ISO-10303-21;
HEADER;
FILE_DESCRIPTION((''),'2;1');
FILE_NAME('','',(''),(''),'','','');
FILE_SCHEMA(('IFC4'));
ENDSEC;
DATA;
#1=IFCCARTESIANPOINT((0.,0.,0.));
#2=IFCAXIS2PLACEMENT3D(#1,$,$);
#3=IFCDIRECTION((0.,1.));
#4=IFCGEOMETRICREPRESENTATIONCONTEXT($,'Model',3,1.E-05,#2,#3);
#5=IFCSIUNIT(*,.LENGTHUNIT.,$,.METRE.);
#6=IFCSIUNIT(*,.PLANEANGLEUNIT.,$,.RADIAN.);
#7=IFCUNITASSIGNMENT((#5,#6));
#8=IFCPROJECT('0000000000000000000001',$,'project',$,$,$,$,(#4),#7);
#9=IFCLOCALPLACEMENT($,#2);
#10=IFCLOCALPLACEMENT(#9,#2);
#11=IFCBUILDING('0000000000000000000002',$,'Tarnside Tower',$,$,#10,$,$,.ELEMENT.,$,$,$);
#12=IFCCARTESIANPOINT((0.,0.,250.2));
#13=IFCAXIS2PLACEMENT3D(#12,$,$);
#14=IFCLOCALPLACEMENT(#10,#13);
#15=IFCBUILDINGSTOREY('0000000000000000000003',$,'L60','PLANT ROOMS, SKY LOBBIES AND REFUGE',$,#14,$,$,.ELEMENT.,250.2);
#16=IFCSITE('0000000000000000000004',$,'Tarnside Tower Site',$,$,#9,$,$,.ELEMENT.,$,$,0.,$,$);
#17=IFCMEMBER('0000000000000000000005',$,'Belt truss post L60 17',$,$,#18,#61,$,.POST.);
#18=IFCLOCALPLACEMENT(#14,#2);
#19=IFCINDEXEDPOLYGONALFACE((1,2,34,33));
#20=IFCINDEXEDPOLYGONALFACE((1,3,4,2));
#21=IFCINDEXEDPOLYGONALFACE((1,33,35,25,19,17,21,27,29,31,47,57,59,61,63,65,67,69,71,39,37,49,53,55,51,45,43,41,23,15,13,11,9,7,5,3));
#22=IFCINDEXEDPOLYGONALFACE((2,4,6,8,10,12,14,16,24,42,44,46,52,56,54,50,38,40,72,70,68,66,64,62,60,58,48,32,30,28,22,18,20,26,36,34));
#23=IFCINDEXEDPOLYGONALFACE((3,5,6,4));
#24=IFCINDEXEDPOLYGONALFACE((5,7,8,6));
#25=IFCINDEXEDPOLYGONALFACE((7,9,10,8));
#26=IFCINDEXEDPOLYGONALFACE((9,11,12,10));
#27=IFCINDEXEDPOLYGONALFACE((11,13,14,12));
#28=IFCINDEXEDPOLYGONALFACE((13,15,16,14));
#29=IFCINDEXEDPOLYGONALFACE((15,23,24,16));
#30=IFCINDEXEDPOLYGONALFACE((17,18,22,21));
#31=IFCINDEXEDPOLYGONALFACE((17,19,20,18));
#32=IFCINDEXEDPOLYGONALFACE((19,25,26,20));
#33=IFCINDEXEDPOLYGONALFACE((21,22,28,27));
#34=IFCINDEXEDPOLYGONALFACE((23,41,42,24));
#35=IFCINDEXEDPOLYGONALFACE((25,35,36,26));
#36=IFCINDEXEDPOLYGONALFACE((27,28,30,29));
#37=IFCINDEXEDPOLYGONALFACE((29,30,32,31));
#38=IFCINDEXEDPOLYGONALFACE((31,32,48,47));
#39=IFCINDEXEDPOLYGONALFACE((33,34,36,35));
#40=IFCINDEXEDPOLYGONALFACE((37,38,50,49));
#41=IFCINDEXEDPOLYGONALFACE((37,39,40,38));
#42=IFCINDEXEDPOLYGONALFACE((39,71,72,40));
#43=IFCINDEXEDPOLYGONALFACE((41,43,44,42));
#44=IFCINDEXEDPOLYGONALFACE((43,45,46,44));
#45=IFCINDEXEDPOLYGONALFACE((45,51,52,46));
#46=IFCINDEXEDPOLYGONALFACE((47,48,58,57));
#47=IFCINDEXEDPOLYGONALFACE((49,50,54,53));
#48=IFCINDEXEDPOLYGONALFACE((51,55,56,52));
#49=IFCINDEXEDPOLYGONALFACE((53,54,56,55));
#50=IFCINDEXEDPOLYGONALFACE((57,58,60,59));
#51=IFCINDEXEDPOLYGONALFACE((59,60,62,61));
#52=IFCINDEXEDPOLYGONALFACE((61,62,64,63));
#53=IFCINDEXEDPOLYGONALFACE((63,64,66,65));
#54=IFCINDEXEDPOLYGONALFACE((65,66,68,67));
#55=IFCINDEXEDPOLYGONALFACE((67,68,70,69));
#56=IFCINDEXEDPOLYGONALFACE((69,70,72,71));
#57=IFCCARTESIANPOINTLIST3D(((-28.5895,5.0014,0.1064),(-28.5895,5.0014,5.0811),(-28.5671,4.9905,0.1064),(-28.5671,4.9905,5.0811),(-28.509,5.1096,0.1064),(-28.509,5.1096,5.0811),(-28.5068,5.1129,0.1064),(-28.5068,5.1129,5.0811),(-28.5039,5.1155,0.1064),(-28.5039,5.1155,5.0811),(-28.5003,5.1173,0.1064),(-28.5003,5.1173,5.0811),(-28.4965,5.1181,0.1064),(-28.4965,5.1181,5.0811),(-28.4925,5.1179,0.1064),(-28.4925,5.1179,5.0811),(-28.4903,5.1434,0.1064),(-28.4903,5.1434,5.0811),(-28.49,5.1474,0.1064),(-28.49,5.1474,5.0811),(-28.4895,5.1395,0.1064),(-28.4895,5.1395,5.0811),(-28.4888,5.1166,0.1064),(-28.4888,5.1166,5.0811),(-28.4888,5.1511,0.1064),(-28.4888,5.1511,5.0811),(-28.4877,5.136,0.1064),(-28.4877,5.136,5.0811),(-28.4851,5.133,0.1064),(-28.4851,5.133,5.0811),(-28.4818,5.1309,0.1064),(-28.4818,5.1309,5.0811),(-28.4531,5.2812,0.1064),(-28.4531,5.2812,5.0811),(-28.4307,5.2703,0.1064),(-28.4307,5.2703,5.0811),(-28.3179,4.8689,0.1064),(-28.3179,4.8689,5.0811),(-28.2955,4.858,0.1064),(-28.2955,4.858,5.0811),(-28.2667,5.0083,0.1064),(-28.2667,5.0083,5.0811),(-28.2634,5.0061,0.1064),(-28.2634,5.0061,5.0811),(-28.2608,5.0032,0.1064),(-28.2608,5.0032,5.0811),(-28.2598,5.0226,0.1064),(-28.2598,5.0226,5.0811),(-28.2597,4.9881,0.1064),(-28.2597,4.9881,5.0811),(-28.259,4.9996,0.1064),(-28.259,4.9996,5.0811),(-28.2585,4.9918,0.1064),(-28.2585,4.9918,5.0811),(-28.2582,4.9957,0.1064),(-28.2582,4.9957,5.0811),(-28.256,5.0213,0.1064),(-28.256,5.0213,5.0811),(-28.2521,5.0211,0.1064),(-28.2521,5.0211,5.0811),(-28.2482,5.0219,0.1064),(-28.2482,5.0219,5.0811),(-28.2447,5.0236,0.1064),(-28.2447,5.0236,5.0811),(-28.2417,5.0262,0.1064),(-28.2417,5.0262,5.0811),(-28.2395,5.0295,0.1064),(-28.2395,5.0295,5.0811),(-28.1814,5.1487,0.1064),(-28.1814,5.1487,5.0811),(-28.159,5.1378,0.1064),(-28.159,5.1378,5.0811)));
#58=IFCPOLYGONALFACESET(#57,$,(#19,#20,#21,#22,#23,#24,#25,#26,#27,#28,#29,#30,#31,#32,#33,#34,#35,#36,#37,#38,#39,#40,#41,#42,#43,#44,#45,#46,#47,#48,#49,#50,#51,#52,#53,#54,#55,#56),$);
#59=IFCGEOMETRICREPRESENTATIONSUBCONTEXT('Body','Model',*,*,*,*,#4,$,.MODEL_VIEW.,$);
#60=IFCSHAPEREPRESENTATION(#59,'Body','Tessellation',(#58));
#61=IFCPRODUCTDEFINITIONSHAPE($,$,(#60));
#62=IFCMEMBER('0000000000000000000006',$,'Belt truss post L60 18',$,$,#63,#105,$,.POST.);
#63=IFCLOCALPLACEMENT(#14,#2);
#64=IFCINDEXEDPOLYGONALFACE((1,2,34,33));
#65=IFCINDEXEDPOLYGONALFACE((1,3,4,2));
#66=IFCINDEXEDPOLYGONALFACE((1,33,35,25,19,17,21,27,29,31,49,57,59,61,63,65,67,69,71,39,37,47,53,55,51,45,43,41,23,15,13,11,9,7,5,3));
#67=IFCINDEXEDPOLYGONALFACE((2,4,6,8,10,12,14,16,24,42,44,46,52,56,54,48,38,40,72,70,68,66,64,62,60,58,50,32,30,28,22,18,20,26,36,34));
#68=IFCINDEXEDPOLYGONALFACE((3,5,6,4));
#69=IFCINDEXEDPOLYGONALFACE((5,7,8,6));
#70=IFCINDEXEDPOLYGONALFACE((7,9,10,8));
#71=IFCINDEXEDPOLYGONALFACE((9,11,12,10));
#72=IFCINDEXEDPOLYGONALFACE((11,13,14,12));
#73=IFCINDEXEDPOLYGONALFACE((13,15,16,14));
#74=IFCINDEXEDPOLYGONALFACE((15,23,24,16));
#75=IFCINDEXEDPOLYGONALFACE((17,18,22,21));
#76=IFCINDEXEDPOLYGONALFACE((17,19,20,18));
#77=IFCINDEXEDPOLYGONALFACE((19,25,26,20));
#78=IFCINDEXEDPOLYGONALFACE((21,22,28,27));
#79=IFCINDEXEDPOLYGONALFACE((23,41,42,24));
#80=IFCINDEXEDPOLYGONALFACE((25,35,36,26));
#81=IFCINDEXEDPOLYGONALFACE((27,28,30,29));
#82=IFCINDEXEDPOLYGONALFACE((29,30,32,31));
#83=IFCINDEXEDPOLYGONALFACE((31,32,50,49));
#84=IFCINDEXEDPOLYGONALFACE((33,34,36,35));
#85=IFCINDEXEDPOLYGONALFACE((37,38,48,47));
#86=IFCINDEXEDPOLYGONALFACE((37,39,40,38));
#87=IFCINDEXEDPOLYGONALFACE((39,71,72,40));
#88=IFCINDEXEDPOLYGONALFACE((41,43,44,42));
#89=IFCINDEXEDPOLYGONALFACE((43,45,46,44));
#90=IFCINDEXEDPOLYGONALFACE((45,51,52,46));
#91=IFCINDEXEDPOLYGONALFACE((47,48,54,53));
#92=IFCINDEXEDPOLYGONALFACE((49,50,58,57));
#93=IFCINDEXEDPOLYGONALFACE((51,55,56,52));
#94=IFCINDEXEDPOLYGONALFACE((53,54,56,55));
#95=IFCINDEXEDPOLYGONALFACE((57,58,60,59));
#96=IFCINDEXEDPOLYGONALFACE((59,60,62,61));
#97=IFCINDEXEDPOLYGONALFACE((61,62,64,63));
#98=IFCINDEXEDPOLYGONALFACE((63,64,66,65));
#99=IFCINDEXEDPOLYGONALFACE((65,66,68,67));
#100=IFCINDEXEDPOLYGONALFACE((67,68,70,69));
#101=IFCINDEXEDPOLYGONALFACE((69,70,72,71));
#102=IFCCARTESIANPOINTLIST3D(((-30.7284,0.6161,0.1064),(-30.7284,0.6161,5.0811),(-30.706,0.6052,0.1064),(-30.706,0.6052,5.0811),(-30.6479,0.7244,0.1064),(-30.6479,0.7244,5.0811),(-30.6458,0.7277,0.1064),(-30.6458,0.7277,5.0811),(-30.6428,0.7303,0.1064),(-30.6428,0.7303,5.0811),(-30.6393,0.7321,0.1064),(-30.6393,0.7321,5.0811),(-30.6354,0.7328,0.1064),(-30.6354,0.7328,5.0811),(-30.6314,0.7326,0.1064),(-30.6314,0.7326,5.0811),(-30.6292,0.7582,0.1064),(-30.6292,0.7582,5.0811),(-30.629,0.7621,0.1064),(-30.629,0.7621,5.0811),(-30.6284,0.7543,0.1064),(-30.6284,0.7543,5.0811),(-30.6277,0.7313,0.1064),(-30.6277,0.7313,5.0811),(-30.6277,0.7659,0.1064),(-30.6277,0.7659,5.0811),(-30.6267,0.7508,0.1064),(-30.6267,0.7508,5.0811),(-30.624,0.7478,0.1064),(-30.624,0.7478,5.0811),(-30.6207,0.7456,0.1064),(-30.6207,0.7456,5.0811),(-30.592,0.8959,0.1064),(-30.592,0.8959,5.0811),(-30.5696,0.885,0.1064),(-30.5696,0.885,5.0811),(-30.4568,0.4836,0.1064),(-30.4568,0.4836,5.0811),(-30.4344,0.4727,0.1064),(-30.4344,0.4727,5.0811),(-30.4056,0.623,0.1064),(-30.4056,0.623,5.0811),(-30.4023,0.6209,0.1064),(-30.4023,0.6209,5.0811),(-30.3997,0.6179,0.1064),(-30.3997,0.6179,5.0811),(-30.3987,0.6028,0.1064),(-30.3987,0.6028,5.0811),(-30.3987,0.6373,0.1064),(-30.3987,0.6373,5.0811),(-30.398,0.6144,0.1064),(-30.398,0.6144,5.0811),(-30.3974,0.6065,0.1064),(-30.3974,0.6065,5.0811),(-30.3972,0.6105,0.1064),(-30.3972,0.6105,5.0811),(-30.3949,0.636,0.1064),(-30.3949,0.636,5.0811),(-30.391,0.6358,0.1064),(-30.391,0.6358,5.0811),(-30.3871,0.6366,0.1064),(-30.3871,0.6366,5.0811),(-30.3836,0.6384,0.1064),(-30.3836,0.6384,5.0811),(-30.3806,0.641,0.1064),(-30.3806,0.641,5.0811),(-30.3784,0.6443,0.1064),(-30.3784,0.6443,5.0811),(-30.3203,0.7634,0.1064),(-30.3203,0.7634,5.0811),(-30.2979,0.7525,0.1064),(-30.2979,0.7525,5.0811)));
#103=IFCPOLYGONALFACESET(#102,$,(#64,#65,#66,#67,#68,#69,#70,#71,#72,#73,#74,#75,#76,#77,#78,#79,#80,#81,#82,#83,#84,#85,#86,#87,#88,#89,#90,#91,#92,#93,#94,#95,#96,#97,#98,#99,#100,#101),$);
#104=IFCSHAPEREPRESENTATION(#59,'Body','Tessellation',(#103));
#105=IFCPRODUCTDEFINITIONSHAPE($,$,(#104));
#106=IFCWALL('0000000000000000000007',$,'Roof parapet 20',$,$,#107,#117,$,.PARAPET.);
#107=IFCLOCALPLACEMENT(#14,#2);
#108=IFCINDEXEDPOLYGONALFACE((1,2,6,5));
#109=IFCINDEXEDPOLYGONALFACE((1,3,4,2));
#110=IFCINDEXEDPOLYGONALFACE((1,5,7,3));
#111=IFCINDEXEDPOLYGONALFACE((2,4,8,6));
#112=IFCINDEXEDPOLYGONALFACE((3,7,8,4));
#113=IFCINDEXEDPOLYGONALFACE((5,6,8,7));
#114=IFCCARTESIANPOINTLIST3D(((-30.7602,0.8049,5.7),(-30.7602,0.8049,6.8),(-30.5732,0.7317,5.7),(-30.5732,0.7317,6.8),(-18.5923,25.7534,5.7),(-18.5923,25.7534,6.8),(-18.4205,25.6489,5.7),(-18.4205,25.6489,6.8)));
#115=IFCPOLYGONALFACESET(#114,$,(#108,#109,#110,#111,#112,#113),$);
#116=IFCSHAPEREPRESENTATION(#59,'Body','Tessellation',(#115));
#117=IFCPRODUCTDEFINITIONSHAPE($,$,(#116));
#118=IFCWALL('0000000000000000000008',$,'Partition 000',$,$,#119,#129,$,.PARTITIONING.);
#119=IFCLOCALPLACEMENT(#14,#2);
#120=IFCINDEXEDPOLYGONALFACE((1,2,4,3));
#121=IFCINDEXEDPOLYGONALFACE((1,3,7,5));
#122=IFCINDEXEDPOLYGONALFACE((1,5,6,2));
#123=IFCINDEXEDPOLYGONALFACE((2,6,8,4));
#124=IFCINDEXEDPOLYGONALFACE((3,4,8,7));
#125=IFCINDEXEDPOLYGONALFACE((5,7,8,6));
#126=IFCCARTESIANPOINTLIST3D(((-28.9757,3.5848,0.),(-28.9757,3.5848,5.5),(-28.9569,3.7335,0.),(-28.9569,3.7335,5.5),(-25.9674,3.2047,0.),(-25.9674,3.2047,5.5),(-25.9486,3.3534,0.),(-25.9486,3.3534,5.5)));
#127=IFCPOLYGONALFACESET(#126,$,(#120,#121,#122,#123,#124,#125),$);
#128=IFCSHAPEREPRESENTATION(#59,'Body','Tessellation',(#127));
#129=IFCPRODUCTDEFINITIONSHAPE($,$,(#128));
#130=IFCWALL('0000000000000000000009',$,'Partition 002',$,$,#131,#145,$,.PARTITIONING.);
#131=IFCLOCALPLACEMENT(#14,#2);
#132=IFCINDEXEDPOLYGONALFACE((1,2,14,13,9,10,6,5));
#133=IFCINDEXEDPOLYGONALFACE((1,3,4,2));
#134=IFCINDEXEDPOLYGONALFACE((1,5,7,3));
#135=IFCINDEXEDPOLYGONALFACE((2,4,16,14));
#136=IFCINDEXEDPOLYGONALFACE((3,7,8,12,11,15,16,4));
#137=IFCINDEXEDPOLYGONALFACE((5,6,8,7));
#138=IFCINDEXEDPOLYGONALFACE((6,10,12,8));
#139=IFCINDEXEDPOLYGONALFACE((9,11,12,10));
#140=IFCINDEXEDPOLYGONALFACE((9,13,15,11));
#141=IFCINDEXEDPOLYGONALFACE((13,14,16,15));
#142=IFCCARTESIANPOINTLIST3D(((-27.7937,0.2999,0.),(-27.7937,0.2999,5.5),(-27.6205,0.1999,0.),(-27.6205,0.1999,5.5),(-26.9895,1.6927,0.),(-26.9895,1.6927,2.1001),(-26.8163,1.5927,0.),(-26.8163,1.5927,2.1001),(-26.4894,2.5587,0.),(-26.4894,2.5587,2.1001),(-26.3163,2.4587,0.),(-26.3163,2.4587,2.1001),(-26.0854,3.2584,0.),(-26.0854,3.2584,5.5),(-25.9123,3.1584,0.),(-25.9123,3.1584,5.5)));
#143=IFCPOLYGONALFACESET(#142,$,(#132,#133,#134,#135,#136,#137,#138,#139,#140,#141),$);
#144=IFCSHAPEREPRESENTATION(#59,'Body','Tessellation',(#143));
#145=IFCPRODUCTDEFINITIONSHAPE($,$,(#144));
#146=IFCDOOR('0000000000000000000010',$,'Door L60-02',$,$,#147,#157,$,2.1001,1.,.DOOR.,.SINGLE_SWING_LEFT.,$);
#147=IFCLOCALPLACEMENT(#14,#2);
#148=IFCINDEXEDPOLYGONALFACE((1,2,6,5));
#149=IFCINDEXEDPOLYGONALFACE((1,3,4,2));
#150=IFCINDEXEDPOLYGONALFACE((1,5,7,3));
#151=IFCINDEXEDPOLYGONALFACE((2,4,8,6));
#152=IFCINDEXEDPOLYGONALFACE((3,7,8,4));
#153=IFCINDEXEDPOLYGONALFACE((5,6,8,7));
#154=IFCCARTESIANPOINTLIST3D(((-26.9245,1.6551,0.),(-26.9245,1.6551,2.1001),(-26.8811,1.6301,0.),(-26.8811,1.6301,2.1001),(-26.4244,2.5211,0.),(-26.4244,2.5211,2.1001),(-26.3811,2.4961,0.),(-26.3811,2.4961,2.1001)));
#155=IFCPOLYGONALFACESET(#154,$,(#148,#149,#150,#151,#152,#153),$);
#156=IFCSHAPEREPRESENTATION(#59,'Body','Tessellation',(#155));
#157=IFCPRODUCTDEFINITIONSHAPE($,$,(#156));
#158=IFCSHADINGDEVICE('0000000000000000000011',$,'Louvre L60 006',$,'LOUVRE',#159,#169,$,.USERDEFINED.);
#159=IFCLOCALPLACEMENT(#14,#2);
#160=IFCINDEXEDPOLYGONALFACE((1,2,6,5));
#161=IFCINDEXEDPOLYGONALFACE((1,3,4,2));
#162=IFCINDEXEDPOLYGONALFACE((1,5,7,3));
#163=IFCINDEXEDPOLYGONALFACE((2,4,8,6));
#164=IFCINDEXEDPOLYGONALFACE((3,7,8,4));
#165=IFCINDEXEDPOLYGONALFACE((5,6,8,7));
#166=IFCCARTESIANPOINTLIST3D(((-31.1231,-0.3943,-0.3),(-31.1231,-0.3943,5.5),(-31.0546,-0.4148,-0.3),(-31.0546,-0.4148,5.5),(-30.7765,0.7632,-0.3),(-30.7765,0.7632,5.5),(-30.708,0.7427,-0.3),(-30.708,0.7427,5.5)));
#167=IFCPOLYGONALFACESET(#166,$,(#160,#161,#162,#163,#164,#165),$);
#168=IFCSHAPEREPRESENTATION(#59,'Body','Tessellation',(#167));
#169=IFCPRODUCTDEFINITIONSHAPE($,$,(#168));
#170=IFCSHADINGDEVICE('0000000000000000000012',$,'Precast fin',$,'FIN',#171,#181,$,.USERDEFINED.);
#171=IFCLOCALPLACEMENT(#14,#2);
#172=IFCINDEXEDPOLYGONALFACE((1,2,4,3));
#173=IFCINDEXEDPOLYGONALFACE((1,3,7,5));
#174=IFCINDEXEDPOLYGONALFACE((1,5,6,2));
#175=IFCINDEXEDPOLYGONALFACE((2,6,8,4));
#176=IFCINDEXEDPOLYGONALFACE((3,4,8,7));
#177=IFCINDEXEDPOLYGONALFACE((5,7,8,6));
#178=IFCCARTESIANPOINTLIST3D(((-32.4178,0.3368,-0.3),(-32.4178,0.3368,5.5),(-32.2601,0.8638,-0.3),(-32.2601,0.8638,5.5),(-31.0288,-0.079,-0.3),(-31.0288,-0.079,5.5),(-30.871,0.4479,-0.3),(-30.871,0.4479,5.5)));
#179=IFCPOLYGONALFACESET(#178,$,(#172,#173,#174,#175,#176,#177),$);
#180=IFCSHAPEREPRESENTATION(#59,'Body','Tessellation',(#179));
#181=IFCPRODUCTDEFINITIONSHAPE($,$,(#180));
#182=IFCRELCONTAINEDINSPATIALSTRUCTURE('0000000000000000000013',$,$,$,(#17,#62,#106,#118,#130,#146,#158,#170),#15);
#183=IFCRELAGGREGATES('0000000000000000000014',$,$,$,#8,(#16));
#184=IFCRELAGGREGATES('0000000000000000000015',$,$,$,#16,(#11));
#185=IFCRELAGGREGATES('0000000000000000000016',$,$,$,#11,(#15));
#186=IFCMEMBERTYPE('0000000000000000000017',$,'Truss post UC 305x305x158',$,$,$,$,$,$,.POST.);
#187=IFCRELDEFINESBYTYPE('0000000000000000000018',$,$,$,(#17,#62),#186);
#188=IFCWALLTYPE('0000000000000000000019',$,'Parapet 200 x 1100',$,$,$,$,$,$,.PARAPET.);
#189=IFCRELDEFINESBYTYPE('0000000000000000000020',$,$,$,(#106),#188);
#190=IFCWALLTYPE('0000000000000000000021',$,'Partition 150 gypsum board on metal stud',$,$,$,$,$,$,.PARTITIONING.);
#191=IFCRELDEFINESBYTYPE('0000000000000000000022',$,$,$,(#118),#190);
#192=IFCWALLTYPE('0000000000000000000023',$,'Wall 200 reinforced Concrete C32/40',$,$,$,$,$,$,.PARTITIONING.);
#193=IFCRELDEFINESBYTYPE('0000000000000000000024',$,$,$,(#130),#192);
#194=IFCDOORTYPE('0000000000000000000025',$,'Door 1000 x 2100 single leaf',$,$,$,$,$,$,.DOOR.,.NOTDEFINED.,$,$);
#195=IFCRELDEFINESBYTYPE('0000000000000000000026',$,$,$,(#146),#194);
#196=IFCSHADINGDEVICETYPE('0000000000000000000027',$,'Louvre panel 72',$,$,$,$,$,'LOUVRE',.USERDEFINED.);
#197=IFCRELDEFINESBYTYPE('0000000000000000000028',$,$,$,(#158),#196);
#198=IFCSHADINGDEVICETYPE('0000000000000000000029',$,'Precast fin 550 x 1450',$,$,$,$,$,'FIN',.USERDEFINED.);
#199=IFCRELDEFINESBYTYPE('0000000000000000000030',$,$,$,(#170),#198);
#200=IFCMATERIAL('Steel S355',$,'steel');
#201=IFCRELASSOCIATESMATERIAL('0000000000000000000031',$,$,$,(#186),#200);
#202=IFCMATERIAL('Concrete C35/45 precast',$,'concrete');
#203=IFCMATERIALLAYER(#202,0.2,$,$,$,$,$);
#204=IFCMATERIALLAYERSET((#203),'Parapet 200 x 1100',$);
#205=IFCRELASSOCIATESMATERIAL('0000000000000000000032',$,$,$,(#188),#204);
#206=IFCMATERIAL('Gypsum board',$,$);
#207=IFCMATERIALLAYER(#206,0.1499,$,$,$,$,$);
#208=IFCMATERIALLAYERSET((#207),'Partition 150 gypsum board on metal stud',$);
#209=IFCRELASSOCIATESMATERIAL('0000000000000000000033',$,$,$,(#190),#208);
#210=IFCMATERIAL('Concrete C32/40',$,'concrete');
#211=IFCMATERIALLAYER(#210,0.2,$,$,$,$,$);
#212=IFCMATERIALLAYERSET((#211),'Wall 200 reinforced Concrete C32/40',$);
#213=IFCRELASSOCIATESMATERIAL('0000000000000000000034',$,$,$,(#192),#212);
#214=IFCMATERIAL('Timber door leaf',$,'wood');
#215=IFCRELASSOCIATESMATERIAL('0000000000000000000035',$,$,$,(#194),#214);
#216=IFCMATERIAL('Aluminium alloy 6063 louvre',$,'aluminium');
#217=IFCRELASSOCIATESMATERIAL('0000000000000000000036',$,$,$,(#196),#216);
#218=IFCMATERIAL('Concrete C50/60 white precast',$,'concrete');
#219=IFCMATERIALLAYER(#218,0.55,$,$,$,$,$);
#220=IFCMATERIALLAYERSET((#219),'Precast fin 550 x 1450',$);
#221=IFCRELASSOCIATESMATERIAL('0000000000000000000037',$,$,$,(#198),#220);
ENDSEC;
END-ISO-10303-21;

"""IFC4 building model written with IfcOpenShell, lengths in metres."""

from ifc_helpers import new_model, si_unit, direction, frame, frame_2d, origin, origin_2d, place, context, subcontext, project, spatial, polyline, rectangle, i_section, outline, extrude, material, layer, layer_set, material_profile, profile_set, type_object, element, fill, save


model = new_model("IFC4")

# Units and contexts
model_context = context("Model", 3, precision=1e-05, world=origin(), true_north=direction((0.0, 1.0)))
body_context = subcontext(model_context, "Body", "Model", "MODEL_VIEW")
ifc_project = project(units=[si_unit("LENGTHUNIT", "METRE"), si_unit("PLANEANGLEUNIT", "RADIAN")], contexts=[model_context])

# Site, building, storey
site_placement = place(None, origin())
site = spatial("IfcSite", under=ifc_project, at=site_placement, Name="Tarnside Tower Site", CompositionType="ELEMENT", RefElevation=0.0)
building_placement = place(site_placement, origin())
building = spatial("IfcBuilding", under=site, at=building_placement, Name="Tarnside Tower", CompositionType="ELEMENT")
storey_placement = place(building_placement, frame((0.0, 0.0, 250.2)))
storey = spatial("IfcBuildingStorey", under=building, at=storey_placement, Name="L60", Description="PLANT ROOMS, SKY LOBBIES AND REFUGE", CompositionType="ELEMENT", Elevation=250.2)

# Shared definitions
ifc_material_1 = material(Name="Steel S355", Category="steel")

# Members
ifc_material_profile_1 = material_profile(ifc_material_1, i_section(OverallWidth=0.3113, OverallDepth=0.3271, WebThickness=0.0159, FlangeThickness=0.0249, FilletRadius=0.0151, at=origin_2d()), Name="UC 305x305x158")
ifc_profile_set_1 = profile_set([ifc_material_profile_1], Name="Steel S355")
member_type_1 = type_object("IfcMemberType", Name="Truss post UC 305x305x158", PredefinedType="POST", material=ifc_profile_set_1)
for number, where, z_axis, x_axis, name in (
    (1, (-28.3743, 5.0696, 0.1064), (0.0, 0.0, 1.0), (-0.438371, -0.898794, 0.0), "Belt truss post L60 17"),
    (2, (-30.5132, 0.6843, 0.1064), (0.0, 0.0, 1.0), (-0.438371, -0.898794, 0.0), "Belt truss post L60 18"),
):
    element("IfcMember", number, at=place(storey_placement, frame(where, z_axis=z_axis, x_axis=x_axis)), inside=storey, type_object=member_type_1, Name=name, PredefinedType="POST", context=body_context, shape_type="SweptSolid", body=[
        extrude(i_section(OverallWidth=0.3113, OverallDepth=0.3271, WebThickness=0.0159, FlangeThickness=0.0249, FilletRadius=0.0151, at=origin_2d()), origin(), (0.0, 0.0, 1.0), 4.9746),
    ])

# Walls
ifc_material_2 = material(Name="Concrete C35/45 precast", Category="concrete")
ifc_layer_1 = layer(ifc_material_2, 0.2)
ifc_layer_set_1 = layer_set([ifc_layer_1], Name="Parapet 200 x 1100")
wall_type_1 = type_object("IfcWallType", Name="Parapet 200 x 1100", PredefinedType="PARAPET", material=ifc_layer_set_1)
wall_1_placement = place(storey_placement, frame((-30.6667, 0.7683, 5.7), z_axis=(0.0, 0.0, 1.0), x_axis=(0.438366, 0.898796, 0.0)))
element("IfcWall", 3, at=wall_1_placement, inside=storey, type_object=wall_type_1, Name="Roof parapet 20", PredefinedType="PARAPET", context=body_context, shape_type="SweptSolid", body=[
    extrude(outline(polyline([(0.0081, -0.1001), (27.731, -0.1001), (27.7495, 0.1001), (-0.0081, 0.1001), (0.0081, -0.1001)])), origin(), (0.0, 0.0, 1.0), 1.1001),
])
ifc_material_3 = material(Name="Gypsum board")
ifc_layer_2 = layer(ifc_material_3, 0.1499)
ifc_layer_set_2 = layer_set([ifc_layer_2], Name="Partition 150 gypsum board on metal stud")
wall_type_2 = type_object("IfcWallType", Name="Partition 150 gypsum board on metal stud", PredefinedType="PARTITIONING", material=ifc_layer_set_2)
wall_2_placement = place(storey_placement, frame((-28.9663, 3.6592, 0.0), z_axis=(0.0, 0.0, 1.0), x_axis=(0.992111, -0.125363, 0.0)))
element("IfcWall", 4, at=wall_2_placement, inside=storey, type_object=wall_type_2, Name="Partition 000", PredefinedType="PARTITIONING", context=body_context, shape_type="SweptSolid", body=[
    extrude(rectangle(XDim=3.0322, YDim=0.1499, at=frame_2d((1.5161, 0.0))), origin(), (0.0, 0.0, 1.0), 5.5),
])

# Wall, opening, door
ifc_material_4 = material(Name="Concrete C32/40", Category="concrete")
ifc_layer_3 = layer(ifc_material_4, 0.2)
ifc_layer_set_3 = layer_set([ifc_layer_3], Name="Wall 200 reinforced Concrete C32/40")
wall_type_3 = type_object("IfcWallType", Name="Wall 200 reinforced Concrete C32/40", PredefinedType="PARTITIONING", material=ifc_layer_set_3)
wall_3_placement = place(storey_placement, frame((-27.707, 0.25, 0.0), z_axis=(0.0, 0.0, 1.0), x_axis=(0.500036, 0.866005, 0.0)))
wall_3 = element("IfcWall", 5, at=wall_3_placement, inside=storey, type_object=wall_type_3, Name="Partition 002", PredefinedType="PARTITIONING", context=body_context, shape_type="SweptSolid", body=[
    extrude(rectangle(XDim=3.4163, YDim=0.2, at=frame_2d((1.708, 0.0))), origin(), (0.0, 0.0, 1.0), 5.5),
])
opening_placement = place(wall_3_placement, frame((1.6082, 0.0, 0.0)))
opening = element("IfcOpeningElement", 6, at=opening_placement, cuts=wall_3, PredefinedType="OPENING", context=body_context, shape_type="SweptSolid", body=[
    extrude(rectangle(XDim=1.0, YDim=2.1001, at=frame_2d((0.5, 1.05))), frame((0.0, 0.1099, 0.0), z_axis=(0.0, -1.0, 0.0), x_axis=(1.0, 0.0, 0.0)), (0.0, 0.0, 1.0), 0.22),
])
ifc_material_5 = material(Name="Timber door leaf", Category="wood")
door_type = type_object("IfcDoorType", Name="Door 1000 x 2100 single leaf", OperationType="NOTDEFINED", PredefinedType="DOOR", material=ifc_material_5)
door_placement = place(opening_placement, origin())
door = element("IfcDoor", 7, at=door_placement, inside=storey, type_object=door_type, Name="Door L60-02", OperationType="SINGLE_SWING_LEFT", OverallHeight=2.1001, OverallWidth=1.0, PredefinedType="DOOR", context=body_context, shape_type="SweptSolid", body=[
    extrude(rectangle(XDim=1.0, YDim=2.1001, at=frame_2d((0.5, 1.05))), frame((0.0, 0.0249, 0.0), z_axis=(0.0, -1.0, 0.0), x_axis=(1.0, 0.0, 0.0)), (0.0, 0.0, 1.0), 0.05),
])
fill(opening, door)

# Shading devices
ifc_material_6 = material(Name="Aluminium alloy 6063 louvre", Category="aluminium")
shading_device_type_1 = type_object("IfcShadingDeviceType", Name="Louvre panel 72", ElementType="LOUVRE", PredefinedType="USERDEFINED", material=ifc_material_6)
shading_device_1_placement = place(storey_placement, frame((-30.8813, 0.1638, -0.3), z_axis=(0.286854, 0.957974, 0.0), x_axis=(-0.957974, 0.286854, 0.0)))
element("IfcShadingDevice", 8, at=shading_device_1_placement, inside=storey, type_object=shading_device_type_1, Name="Louvre L60 006", ObjectType="LOUVRE", PredefinedType="USERDEFINED", context=body_context, shape_type="SweptSolid", body=[
    extrude(outline(polyline([(0.0, 0.0), (0.0715, 0.0), (0.0715, 5.8), (0.0, 5.8), (0.0, 0.0)])), frame((0.0, 0.0, -0.604)), (0.0, 0.0, 1.0), 1.2083),
])
ifc_material_7 = material(Name="Concrete C50/60 white precast", Category="concrete")
ifc_layer_4 = layer(ifc_material_7, 0.55)
ifc_layer_set_4 = layer_set([ifc_layer_4], Name="Precast fin 550 x 1450")
shading_device_type_2 = type_object("IfcShadingDeviceType", Name="Precast fin 550 x 1450", ElementType="FIN", PredefinedType="USERDEFINED", material=ifc_layer_set_4)
shading_device_2_placement = place(storey_placement, frame((-30.95, 0.1843, -0.3), z_axis=(0.286803, 0.95799, 0.0), x_axis=(-0.95799, 0.286803, 0.0)))
element("IfcShadingDevice", 9, at=shading_device_2_placement, inside=storey, type_object=shading_device_type_2, Name="Precast fin", ObjectType="FIN", PredefinedType="USERDEFINED", context=body_context, shape_type="SweptSolid", body=[
    extrude(outline(polyline([(0.0, 0.0), (1.45, 0.0), (1.45, 5.8), (0.0, 5.8), (0.0, 0.0)])), frame((0.0, 0.0, -0.2749)), (0.0, 0.0, 1.0), 0.55),
])

save(model, "model.ifc")
